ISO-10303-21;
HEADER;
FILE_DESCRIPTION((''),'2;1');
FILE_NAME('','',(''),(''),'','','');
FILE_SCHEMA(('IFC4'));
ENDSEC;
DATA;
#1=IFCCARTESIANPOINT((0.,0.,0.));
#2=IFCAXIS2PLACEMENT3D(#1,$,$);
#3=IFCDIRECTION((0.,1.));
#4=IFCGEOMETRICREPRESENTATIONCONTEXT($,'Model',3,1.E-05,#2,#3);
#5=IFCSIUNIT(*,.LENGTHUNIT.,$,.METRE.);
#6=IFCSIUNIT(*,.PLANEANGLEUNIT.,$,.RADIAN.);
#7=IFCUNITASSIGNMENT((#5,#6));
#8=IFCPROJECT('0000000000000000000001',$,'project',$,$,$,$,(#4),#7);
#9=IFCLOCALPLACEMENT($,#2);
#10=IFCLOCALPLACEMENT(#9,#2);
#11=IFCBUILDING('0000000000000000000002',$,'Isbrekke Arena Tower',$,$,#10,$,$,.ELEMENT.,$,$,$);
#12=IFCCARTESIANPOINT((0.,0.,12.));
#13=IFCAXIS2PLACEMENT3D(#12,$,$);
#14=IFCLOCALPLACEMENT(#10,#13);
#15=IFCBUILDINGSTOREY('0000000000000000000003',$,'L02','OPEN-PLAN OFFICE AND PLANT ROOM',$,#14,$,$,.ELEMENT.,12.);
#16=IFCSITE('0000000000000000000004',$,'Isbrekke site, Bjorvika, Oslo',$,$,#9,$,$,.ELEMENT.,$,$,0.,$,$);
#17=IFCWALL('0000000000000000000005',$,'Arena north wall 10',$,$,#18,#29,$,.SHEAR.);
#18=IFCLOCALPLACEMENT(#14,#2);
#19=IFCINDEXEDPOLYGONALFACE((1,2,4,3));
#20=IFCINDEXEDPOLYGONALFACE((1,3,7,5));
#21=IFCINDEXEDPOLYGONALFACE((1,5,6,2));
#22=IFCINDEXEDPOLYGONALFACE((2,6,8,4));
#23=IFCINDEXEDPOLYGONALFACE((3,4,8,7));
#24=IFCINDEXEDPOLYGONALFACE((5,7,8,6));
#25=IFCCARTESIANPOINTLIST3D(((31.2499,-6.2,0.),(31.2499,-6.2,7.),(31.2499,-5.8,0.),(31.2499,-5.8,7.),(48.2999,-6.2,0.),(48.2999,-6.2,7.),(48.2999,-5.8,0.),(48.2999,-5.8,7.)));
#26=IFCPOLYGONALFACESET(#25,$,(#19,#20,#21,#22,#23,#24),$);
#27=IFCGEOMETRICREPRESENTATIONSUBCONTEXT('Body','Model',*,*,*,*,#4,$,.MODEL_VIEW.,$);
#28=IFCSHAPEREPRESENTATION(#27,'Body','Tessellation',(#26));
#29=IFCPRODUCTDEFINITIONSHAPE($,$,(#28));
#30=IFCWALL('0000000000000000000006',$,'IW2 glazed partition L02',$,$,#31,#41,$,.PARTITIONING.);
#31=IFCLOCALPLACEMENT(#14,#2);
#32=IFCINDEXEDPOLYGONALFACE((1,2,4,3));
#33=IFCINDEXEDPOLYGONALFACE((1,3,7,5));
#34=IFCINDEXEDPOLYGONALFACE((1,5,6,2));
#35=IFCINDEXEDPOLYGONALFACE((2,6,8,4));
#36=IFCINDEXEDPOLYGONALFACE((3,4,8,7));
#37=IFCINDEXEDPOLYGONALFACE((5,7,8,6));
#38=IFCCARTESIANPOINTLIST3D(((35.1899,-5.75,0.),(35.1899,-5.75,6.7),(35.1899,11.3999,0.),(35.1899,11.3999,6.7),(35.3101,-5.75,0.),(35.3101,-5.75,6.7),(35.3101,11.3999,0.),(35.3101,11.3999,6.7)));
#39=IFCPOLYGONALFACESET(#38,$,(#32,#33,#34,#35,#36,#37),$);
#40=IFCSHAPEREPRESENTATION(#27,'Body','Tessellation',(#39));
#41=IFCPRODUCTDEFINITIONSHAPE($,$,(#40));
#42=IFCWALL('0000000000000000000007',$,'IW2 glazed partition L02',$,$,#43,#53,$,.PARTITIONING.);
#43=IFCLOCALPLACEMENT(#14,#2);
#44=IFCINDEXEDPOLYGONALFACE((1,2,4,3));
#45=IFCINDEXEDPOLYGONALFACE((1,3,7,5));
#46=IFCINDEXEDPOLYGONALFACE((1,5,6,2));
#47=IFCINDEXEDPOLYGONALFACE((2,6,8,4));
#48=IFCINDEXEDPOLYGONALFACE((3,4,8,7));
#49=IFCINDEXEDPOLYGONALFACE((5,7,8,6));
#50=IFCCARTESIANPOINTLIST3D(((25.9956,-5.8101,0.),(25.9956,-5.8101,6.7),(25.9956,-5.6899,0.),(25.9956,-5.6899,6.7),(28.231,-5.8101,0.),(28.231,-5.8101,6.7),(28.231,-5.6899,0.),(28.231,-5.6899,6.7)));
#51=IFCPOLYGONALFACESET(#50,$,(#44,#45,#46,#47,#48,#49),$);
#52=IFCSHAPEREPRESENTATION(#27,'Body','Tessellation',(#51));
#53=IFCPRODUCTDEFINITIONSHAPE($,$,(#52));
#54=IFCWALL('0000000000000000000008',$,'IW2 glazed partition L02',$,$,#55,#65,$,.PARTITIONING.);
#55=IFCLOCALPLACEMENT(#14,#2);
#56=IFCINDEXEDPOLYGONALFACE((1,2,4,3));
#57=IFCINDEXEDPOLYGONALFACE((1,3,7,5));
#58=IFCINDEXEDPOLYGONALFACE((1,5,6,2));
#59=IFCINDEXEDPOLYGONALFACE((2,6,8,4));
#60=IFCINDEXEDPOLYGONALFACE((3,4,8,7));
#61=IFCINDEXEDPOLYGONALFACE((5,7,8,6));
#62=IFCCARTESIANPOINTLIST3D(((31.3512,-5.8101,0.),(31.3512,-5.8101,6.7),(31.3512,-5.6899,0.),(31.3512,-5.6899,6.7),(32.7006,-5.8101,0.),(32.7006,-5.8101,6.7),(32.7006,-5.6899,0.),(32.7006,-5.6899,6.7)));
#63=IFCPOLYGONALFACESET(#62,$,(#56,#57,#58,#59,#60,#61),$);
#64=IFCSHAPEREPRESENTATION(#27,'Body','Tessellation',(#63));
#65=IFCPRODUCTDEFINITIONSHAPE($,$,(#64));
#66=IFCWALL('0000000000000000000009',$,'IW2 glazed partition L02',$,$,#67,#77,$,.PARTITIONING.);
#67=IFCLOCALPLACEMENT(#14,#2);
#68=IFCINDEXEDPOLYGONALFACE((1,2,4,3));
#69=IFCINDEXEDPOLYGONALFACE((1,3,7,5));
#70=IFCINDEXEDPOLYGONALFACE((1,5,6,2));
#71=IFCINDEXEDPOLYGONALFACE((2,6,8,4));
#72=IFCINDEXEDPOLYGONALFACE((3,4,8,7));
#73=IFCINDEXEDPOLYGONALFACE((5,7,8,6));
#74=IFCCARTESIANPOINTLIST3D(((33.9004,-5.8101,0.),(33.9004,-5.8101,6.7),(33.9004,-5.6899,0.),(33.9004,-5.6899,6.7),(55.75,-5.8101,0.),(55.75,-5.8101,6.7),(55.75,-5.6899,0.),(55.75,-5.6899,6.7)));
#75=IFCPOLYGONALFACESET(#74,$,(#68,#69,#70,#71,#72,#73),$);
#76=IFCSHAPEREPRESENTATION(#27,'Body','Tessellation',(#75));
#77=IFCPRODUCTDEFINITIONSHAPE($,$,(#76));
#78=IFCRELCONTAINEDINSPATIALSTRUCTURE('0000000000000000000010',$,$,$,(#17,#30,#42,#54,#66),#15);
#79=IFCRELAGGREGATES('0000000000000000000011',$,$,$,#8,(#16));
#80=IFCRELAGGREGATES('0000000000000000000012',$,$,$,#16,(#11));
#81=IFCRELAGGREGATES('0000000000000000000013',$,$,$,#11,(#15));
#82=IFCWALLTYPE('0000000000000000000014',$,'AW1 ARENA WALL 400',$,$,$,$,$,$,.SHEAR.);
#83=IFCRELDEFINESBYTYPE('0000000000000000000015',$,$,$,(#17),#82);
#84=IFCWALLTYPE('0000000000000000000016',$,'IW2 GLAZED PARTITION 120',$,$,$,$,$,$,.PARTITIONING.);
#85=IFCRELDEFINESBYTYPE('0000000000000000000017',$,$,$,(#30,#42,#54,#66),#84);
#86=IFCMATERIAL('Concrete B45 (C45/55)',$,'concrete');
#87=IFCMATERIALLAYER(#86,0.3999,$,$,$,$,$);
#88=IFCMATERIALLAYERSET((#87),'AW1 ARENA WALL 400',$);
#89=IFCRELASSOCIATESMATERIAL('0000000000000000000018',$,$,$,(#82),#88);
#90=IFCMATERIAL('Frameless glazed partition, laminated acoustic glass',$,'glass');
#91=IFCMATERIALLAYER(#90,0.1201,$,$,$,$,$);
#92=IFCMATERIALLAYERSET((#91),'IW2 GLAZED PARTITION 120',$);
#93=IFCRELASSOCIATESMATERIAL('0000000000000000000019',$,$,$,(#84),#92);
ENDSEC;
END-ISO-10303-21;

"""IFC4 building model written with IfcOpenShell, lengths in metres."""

from ifc_helpers import new_model, si_unit, direction, frame, frame_2d, origin, place, context, subcontext, project, spatial, rectangle, extrude, material, layer, layer_set, type_object, element, save


model = new_model("IFC4")

# Units and contexts
model_context = context("Model", 3, precision=1e-05, world=origin(), true_north=direction((0.0, 1.0)))
body_context = subcontext(model_context, "Body", "Model", "MODEL_VIEW")
ifc_project = project(units=[si_unit("LENGTHUNIT", "METRE"), si_unit("PLANEANGLEUNIT", "RADIAN")], contexts=[model_context])

# Site, building, storey
site_placement = place(None, origin())
site = spatial("IfcSite", under=ifc_project, at=site_placement, Name="Isbrekke site, Bjorvika, Oslo", CompositionType="ELEMENT", RefElevation=0.0)
building_placement = place(site_placement, origin())
building = spatial("IfcBuilding", under=site, at=building_placement, Name="Isbrekke Arena Tower", CompositionType="ELEMENT")
storey_placement = place(building_placement, frame((0.0, 0.0, 12.0)))
storey = spatial("IfcBuildingStorey", under=building, at=storey_placement, Name="L02", Description="OPEN-PLAN OFFICE AND PLANT ROOM", CompositionType="ELEMENT", Elevation=12.0)

# Walls
ifc_material_1 = material(Name="Concrete B45 (C45/55)", Category="concrete")
ifc_layer_1 = layer(ifc_material_1, 0.3999)
ifc_layer_set_1 = layer_set([ifc_layer_1], Name="AW1 ARENA WALL 400")
wall_type_1 = type_object("IfcWallType", Name="AW1 ARENA WALL 400", PredefinedType="SHEAR", material=ifc_layer_set_1)
wall_1_placement = place(storey_placement, frame((31.25, -6.0, 0.0), z_axis=(0.0, 0.0, 1.0), x_axis=(1.0, 0.0, 0.0)))
element("IfcWall", 1, at=wall_1_placement, inside=storey, type_object=wall_type_1, Name="Arena north wall 10", PredefinedType="SHEAR", context=body_context, shape_type="SweptSolid", body=[
    extrude(rectangle(XDim=17.05, YDim=0.3999, at=frame_2d((8.5249, 0.0))), origin(), (0.0, 0.0, 1.0), 7.0),
])
ifc_material_2 = material(Name="Frameless glazed partition, laminated acoustic glass", Category="glass")
ifc_layer_2 = layer(ifc_material_2, 0.1201)
ifc_layer_set_2 = layer_set([ifc_layer_2], Name="IW2 GLAZED PARTITION 120")
wall_type_2 = type_object("IfcWallType", Name="IW2 GLAZED PARTITION 120", PredefinedType="PARTITIONING", material=ifc_layer_set_2)
wall_2_placement = place(storey_placement, frame((35.25, -5.75, 0.0), z_axis=(0.0, 0.0, 1.0), x_axis=(0.0, 1.0, 0.0)))
element("IfcWall", 2, at=wall_2_placement, inside=storey, type_object=wall_type_2, Name="IW2 glazed partition L02", PredefinedType="PARTITIONING", context=body_context, shape_type="SweptSolid", body=[
    extrude(rectangle(XDim=17.1499, YDim=0.1201, at=frame_2d((8.575, 0.0))), origin(), (0.0, 0.0, 1.0), 6.7),
])
wall_3_placement = place(storey_placement, frame((25.9956, -5.75, 0.0), z_axis=(0.0, 0.0, 1.0), x_axis=(1.0, 0.0, 0.0)))
element("IfcWall", 3, at=wall_3_placement, inside=storey, type_object=wall_type_2, Name="IW2 glazed partition L02", PredefinedType="PARTITIONING", context=body_context, shape_type="SweptSolid", body=[
    extrude(rectangle(XDim=2.2354, YDim=0.1201, at=frame_2d((1.1177, 0.0))), origin(), (0.0, 0.0, 1.0), 6.7),
])
wall_4_placement = place(storey_placement, frame((31.3511, -5.75, 0.0), z_axis=(0.0, 0.0, 1.0), x_axis=(1.0, 0.0, 0.0)))
element("IfcWall", 4, at=wall_4_placement, inside=storey, type_object=wall_type_2, Name="IW2 glazed partition L02", PredefinedType="PARTITIONING", context=body_context, shape_type="SweptSolid", body=[
    extrude(rectangle(XDim=1.3494, YDim=0.1201, at=frame_2d((0.6748, 0.0))), origin(), (0.0, 0.0, 1.0), 6.7),
])
wall_5_placement = place(storey_placement, frame((33.9004, -5.75, 0.0), z_axis=(0.0, 0.0, 1.0), x_axis=(1.0, 0.0, 0.0)))
element("IfcWall", 5, at=wall_5_placement, inside=storey, type_object=wall_type_2, Name="IW2 glazed partition L02", PredefinedType="PARTITIONING", context=body_context, shape_type="SweptSolid", body=[
    extrude(rectangle(XDim=21.8496, YDim=0.1201, at=frame_2d((10.9248, 0.0))), origin(), (0.0, 0.0, 1.0), 6.7),
])

save(model, "model.ifc")
